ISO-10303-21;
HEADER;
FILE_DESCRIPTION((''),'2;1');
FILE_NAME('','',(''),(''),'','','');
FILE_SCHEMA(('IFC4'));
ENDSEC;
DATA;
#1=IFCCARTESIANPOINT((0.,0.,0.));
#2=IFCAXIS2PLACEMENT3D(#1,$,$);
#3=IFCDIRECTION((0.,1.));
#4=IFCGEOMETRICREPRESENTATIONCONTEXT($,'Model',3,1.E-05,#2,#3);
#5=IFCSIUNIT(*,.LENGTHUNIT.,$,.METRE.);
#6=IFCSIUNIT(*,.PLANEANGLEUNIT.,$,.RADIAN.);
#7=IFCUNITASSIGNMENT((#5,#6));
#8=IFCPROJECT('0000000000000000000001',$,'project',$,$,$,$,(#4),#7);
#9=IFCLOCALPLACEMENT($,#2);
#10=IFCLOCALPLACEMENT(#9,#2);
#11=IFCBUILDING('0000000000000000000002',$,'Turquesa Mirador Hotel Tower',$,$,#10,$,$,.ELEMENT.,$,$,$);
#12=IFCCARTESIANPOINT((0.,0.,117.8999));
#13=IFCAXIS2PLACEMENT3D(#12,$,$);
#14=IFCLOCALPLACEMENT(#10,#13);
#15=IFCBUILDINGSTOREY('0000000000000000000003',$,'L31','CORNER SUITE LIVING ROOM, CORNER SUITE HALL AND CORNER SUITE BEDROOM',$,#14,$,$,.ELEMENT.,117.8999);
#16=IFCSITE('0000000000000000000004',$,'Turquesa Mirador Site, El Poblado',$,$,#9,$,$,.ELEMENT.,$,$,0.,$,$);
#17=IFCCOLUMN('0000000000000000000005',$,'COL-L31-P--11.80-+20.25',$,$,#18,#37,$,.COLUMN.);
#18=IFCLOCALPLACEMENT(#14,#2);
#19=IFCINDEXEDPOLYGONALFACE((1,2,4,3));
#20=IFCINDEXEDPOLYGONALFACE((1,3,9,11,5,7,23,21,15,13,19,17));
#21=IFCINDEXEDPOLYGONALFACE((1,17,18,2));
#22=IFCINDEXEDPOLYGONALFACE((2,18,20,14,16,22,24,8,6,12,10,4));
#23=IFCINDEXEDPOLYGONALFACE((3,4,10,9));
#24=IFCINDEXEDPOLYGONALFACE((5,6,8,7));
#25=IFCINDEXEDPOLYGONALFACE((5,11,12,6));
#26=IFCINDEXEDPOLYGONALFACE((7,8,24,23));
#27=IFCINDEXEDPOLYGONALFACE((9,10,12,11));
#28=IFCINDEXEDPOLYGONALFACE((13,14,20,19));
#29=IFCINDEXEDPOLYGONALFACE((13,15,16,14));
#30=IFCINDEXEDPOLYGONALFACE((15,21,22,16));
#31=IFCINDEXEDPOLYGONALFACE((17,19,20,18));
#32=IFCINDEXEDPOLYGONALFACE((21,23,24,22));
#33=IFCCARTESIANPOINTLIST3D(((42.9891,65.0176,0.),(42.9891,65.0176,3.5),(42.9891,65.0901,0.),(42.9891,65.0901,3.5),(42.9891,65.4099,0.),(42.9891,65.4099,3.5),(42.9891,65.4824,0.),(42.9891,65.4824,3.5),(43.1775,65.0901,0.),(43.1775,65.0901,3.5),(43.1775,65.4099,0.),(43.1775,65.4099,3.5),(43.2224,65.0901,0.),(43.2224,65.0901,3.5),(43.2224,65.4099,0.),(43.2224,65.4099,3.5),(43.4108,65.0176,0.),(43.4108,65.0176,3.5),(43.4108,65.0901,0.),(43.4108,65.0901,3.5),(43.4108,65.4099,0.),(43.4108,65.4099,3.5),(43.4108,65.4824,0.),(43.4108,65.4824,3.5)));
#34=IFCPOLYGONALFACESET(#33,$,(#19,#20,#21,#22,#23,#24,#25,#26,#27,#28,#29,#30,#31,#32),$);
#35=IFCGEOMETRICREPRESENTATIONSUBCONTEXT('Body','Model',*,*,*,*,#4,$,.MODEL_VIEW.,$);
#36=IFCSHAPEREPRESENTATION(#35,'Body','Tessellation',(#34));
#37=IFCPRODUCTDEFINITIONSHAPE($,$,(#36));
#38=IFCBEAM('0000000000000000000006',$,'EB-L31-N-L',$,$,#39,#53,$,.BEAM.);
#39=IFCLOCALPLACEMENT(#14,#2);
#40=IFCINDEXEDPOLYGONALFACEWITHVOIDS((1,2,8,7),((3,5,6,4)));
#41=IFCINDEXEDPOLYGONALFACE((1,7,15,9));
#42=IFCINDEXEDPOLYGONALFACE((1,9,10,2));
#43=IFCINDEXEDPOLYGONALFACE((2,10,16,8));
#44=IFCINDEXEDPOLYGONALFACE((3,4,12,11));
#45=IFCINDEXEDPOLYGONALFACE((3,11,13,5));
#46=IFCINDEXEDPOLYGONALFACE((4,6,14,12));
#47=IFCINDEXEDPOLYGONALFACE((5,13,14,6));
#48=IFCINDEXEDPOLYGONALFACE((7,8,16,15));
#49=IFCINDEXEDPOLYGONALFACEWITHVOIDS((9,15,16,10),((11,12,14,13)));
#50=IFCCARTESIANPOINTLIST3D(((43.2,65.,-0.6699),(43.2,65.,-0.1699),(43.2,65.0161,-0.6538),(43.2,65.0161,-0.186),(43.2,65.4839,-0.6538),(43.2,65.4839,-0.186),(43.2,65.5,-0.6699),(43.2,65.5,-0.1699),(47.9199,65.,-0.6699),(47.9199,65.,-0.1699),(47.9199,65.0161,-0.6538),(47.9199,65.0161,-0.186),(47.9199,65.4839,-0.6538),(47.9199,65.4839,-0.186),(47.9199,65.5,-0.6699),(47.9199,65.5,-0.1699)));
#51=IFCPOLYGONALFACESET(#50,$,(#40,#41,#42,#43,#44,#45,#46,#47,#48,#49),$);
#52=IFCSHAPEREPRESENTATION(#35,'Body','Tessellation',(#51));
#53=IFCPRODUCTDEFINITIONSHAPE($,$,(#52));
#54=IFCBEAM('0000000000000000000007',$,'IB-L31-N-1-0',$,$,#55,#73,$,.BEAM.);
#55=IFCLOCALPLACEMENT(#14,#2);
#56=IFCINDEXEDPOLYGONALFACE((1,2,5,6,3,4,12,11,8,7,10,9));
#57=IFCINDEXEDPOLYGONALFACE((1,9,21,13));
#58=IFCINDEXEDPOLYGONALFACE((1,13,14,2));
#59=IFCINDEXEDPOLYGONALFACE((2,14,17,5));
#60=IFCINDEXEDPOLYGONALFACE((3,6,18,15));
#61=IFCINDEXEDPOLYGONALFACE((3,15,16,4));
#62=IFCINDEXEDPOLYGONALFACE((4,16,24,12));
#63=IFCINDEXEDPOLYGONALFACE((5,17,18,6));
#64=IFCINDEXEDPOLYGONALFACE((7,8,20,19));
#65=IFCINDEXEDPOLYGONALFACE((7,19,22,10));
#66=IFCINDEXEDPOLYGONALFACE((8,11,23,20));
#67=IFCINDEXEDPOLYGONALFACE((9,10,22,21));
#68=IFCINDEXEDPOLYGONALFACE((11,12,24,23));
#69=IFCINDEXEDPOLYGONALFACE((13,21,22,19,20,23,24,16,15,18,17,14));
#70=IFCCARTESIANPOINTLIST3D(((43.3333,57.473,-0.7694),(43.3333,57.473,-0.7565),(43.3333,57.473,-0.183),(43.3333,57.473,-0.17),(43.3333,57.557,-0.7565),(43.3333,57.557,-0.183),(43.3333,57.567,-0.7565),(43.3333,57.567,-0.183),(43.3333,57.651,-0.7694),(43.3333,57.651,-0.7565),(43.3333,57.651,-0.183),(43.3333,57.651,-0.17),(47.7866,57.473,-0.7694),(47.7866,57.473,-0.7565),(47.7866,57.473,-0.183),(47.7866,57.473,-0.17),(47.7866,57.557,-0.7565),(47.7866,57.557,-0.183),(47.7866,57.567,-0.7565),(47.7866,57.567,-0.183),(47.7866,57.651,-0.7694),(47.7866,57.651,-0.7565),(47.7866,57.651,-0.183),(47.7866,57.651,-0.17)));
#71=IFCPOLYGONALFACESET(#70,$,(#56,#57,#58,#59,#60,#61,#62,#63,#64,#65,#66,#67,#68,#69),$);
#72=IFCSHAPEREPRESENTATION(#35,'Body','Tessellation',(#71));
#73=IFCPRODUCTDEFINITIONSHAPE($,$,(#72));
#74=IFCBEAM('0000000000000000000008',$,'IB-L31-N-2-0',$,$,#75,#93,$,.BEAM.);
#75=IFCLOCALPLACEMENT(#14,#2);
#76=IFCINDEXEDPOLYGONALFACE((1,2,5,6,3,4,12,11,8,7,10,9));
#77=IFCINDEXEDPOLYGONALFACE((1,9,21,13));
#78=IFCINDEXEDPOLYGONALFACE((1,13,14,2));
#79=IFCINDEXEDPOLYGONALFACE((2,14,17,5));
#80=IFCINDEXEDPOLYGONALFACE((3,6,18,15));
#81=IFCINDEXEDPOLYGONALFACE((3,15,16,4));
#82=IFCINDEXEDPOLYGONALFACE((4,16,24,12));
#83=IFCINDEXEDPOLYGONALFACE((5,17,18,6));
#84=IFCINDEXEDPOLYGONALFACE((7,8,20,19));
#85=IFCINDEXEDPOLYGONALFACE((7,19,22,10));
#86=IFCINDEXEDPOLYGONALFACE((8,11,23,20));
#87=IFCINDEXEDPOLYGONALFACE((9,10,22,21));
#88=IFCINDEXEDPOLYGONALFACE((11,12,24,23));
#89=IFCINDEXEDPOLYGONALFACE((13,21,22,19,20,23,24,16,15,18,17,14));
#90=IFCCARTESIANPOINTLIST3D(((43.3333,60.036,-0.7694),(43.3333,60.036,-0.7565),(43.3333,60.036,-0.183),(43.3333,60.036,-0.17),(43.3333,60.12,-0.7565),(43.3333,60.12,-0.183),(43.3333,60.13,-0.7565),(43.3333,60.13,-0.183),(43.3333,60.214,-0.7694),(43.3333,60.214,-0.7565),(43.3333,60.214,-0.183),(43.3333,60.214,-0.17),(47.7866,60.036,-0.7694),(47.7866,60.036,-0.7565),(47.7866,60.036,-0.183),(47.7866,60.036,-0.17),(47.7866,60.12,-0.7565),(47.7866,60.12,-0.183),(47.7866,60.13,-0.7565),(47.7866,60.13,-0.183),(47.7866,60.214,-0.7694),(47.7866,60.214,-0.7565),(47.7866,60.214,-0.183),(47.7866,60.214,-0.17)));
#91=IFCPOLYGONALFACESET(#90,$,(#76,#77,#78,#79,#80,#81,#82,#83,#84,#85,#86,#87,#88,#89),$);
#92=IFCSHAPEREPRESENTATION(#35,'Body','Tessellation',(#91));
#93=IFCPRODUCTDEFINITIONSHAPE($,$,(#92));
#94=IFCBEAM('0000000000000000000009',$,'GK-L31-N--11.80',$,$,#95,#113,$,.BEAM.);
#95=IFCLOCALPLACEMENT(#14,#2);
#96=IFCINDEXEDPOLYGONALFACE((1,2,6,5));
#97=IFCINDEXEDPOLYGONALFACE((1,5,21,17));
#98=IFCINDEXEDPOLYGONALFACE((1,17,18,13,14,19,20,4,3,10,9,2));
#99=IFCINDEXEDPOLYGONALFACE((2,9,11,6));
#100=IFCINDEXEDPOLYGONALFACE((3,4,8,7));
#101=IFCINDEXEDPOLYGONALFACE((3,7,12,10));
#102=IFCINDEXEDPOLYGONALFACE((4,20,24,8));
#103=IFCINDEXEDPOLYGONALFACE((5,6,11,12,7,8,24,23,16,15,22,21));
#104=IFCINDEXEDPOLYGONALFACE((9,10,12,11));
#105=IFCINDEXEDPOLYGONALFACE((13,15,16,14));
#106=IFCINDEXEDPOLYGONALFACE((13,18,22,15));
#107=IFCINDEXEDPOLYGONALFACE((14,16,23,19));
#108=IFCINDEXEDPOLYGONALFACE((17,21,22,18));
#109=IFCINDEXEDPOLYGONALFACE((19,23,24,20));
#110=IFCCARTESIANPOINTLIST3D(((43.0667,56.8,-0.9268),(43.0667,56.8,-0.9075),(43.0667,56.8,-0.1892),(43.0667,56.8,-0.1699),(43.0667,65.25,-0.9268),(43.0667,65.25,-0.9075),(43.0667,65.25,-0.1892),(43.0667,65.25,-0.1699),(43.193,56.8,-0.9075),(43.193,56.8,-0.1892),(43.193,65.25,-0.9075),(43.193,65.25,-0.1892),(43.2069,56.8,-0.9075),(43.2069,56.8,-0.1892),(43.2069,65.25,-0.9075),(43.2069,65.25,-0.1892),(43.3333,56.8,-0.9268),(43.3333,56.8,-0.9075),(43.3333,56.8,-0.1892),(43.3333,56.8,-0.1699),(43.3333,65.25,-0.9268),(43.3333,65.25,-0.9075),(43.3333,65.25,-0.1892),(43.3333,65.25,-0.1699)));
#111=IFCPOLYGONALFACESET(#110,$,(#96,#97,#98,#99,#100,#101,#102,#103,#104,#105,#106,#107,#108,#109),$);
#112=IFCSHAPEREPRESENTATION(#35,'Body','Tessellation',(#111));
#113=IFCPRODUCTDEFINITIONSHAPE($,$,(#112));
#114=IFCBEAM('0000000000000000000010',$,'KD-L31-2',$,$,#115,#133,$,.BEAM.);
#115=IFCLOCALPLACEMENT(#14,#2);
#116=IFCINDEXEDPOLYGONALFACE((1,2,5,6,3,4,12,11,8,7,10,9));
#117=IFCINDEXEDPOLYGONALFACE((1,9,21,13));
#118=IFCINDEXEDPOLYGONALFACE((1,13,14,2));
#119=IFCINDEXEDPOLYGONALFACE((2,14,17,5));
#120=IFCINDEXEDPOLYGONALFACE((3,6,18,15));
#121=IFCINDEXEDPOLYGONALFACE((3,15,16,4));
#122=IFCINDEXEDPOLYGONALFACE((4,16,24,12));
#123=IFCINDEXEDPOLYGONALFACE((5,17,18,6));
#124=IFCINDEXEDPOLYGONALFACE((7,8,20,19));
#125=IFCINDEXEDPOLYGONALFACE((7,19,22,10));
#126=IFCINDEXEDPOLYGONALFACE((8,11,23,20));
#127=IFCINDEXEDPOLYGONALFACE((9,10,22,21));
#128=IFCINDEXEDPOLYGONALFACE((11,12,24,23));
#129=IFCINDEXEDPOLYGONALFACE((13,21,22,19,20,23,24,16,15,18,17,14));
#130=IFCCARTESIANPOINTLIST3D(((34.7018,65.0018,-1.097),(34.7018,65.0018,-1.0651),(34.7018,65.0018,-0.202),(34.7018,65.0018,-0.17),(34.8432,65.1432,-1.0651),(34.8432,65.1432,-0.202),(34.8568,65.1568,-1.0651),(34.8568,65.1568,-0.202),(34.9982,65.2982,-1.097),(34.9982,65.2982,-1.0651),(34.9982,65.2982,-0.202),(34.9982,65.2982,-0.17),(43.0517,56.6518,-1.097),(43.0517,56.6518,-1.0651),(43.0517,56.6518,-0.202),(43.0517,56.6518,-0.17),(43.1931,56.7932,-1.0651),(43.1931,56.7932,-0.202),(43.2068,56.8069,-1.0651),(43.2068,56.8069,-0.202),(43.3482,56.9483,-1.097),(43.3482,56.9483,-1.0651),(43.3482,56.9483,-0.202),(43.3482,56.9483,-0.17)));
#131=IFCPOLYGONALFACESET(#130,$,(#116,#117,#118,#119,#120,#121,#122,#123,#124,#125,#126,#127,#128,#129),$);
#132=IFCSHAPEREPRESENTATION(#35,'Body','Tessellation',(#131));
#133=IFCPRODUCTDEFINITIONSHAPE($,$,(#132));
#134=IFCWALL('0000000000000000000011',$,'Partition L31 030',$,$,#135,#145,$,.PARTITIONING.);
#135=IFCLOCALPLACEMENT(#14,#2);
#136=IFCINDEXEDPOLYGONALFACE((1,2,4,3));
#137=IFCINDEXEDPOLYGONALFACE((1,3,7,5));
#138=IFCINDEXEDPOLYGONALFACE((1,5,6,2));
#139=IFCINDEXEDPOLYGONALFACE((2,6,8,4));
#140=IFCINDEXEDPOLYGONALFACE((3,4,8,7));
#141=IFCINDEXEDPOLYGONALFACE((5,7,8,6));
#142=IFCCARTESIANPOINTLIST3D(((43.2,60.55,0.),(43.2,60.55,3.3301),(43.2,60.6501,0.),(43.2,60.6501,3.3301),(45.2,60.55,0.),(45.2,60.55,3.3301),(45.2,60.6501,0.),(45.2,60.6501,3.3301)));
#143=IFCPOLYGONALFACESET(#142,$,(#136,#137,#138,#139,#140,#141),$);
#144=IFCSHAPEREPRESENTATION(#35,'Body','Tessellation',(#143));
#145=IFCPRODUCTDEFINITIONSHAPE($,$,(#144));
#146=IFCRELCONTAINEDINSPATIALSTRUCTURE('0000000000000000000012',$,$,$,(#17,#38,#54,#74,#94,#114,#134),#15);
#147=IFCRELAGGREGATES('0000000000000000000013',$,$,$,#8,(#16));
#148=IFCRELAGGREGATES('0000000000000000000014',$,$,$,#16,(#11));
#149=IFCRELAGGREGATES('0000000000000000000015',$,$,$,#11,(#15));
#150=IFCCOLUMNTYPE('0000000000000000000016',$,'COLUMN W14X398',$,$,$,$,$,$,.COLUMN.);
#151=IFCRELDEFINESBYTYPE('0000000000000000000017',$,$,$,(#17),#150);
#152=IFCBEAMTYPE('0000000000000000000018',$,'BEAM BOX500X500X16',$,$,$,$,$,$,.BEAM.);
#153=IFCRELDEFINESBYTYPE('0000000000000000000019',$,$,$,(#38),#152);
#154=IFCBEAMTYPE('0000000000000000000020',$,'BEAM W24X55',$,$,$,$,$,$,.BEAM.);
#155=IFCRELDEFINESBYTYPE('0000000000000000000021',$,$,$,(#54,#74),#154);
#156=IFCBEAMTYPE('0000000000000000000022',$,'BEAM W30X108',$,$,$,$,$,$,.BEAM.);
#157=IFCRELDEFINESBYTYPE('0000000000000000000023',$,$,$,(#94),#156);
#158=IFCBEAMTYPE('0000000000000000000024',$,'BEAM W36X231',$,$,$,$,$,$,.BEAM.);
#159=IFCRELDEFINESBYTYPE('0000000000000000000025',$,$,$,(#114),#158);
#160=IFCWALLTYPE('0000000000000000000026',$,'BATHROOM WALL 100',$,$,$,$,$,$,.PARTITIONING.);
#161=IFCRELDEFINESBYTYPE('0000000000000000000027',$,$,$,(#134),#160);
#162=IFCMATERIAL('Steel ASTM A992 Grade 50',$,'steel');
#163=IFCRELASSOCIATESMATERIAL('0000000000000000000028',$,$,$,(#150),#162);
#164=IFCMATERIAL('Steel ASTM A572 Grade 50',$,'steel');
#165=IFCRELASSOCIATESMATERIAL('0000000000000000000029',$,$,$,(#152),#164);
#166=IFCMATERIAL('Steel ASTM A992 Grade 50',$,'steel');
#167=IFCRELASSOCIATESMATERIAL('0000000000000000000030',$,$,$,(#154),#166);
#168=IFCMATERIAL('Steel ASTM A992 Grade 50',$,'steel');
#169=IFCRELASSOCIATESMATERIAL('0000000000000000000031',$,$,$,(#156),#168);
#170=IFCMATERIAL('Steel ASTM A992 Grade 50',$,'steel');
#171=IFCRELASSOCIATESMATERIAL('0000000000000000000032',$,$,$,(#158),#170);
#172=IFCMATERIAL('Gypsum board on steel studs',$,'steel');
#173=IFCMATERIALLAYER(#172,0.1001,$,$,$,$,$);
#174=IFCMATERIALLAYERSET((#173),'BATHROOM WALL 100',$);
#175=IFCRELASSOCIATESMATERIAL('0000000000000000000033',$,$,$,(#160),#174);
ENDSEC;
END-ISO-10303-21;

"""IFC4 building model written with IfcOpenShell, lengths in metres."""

from ifc_helpers import new_model, si_unit, direction, frame, frame_2d, origin, origin_2d, place, context, subcontext, project, spatial, rectangle, hollow_rectangle, i_section, extrude, material, layer, layer_set, material_profile, profile_set, type_object, element, save


model = new_model("IFC4")

# Units and contexts
model_context = context("Model", 3, precision=1e-05, world=origin(), true_north=direction((0.0, 1.0)))
body_context = subcontext(model_context, "Body", "Model", "MODEL_VIEW")
ifc_project = project(units=[si_unit("LENGTHUNIT", "METRE"), si_unit("PLANEANGLEUNIT", "RADIAN")], contexts=[model_context])

# Site, building, storey
site_placement = place(None, origin())
site = spatial("IfcSite", under=ifc_project, at=site_placement, Name="Turquesa Mirador Site, El Poblado", CompositionType="ELEMENT", RefElevation=0.0)
building_placement = place(site_placement, origin())
building = spatial("IfcBuilding", under=site, at=building_placement, Name="Turquesa Mirador Hotel Tower", CompositionType="ELEMENT")
storey_placement = place(building_placement, frame((0.0, 0.0, 117.8999)))
storey = spatial("IfcBuildingStorey", under=building, at=storey_placement, Name="L31", Description="CORNER SUITE LIVING ROOM, CORNER SUITE HALL AND CORNER SUITE BEDROOM", CompositionType="ELEMENT", Elevation=117.8999)

# Column
ifc_material_1 = material(Name="Steel ASTM A992 Grade 50", Category="steel")
ifc_material_profile_1 = material_profile(ifc_material_1, i_section(OverallWidth=0.4216, OverallDepth=0.4648, WebThickness=0.0449, FlangeThickness=0.0725, at=origin_2d()), Name="W14X398")
ifc_profile_set_1 = profile_set([ifc_material_profile_1], Name="Steel ASTM A992 Grade 50")
column_type = type_object("IfcColumnType", Name="COLUMN W14X398", PredefinedType="COLUMN", material=ifc_profile_set_1)
column_placement = place(storey_placement, frame((43.2, 65.25, 0.0), z_axis=(0.0, 0.0, 1.0), x_axis=(1.0, 0.0, 0.0)))
element("IfcColumn", 1, at=column_placement, inside=storey, type_object=column_type, Name="COL-L31-P--11.80-+20.25", PredefinedType="COLUMN", context=body_context, shape_type="SweptSolid", body=[
    extrude(i_section(OverallWidth=0.4216, OverallDepth=0.4648, WebThickness=0.0449, FlangeThickness=0.0725, at=origin_2d()), origin(), (0.0, 0.0, 1.0), 3.5),
])

# Beams
ifc_material_2 = material(Name="Steel ASTM A572 Grade 50", Category="steel")
ifc_material_profile_2 = material_profile(ifc_material_2, hollow_rectangle(XDim=0.5, YDim=0.5, WallThickness=0.0161, at=origin_2d()), Name="BOX500X500X16")
ifc_profile_set_2 = profile_set([ifc_material_profile_2], Name="Steel ASTM A572 Grade 50")
beam_type_1 = type_object("IfcBeamType", Name="BEAM BOX500X500X16", PredefinedType="BEAM", material=ifc_profile_set_2)
beam_1_placement = place(storey_placement, frame((43.2, 65.25, -0.4199), z_axis=(1.0, 0.0, 0.0), x_axis=(0.0, 1.0, 0.0)))
element("IfcBeam", 2, at=beam_1_placement, inside=storey, type_object=beam_type_1, Name="EB-L31-N-L", PredefinedType="BEAM", context=body_context, shape_type="SweptSolid", body=[
    extrude(hollow_rectangle(XDim=0.5, YDim=0.5, WallThickness=0.0161, at=origin_2d()), origin(), (0.0, 0.0, 1.0), 4.72),
])
ifc_material_3 = material(Name="Steel ASTM A992 Grade 50", Category="steel")
ifc_material_profile_3 = material_profile(ifc_material_3, i_section(OverallWidth=0.178, OverallDepth=0.5994, WebThickness=0.01, FlangeThickness=0.0129, at=origin_2d()), Name="W24X55")
ifc_profile_set_3 = profile_set([ifc_material_profile_3], Name="Steel ASTM A992 Grade 50")
beam_type_2 = type_object("IfcBeamType", Name="BEAM W24X55", PredefinedType="BEAM", material=ifc_profile_set_3)
for number, where, z_axis, x_axis, name in (
    (3, (43.3333, 57.562, -0.4697), (1.0, 0.0, 0.0), (0.0, 1.0, 0.0), "IB-L31-N-1-0"),
    (4, (43.3333, 60.125, -0.4697), (1.0, 0.0, 0.0), (0.0, 1.0, 0.0), "IB-L31-N-2-0"),
):
    element("IfcBeam", number, at=place(storey_placement, frame(where, z_axis=z_axis, x_axis=x_axis)), inside=storey, type_object=beam_type_2, Name=name, PredefinedType="BEAM", context=body_context, shape_type="SweptSolid", body=[
        extrude(i_section(OverallWidth=0.178, OverallDepth=0.5994, WebThickness=0.01, FlangeThickness=0.0129, at=origin_2d()), origin(), (0.0, 0.0, 1.0), 4.4534),
    ])
ifc_material_4 = material(Name="Steel ASTM A992 Grade 50", Category="steel")
ifc_material_profile_4 = material_profile(ifc_material_4, i_section(OverallWidth=0.2666, OverallDepth=0.7568, WebThickness=0.0139, FlangeThickness=0.0193, at=origin_2d()), Name="W30X108")
ifc_profile_set_4 = profile_set([ifc_material_profile_4], Name="Steel ASTM A992 Grade 50")
beam_type_3 = type_object("IfcBeamType", Name="BEAM W30X108", PredefinedType="BEAM", material=ifc_profile_set_4)
beam_2_placement = place(storey_placement, frame((43.2, 65.25, -0.5483), z_axis=(0.0, -1.0, 0.0), x_axis=(1.0, 0.0, 0.0)))
element("IfcBeam", 5, at=beam_2_placement, inside=storey, type_object=beam_type_3, Name="GK-L31-N--11.80", PredefinedType="BEAM", context=body_context, shape_type="SweptSolid", body=[
    extrude(i_section(OverallWidth=0.2666, OverallDepth=0.7568, WebThickness=0.0139, FlangeThickness=0.0193, at=origin_2d()), origin(), (0.0, 0.0, 1.0), 8.45),
])
ifc_material_5 = material(Name="Steel ASTM A992 Grade 50", Category="steel")
ifc_material_profile_5 = material_profile(ifc_material_5, i_section(OverallWidth=0.4192, OverallDepth=0.927, WebThickness=0.0193, FlangeThickness=0.032, at=origin_2d()), Name="W36X231")
ifc_profile_set_5 = profile_set([ifc_material_profile_5], Name="Steel ASTM A992 Grade 50")
beam_type_4 = type_object("IfcBeamType", Name="BEAM W36X231", PredefinedType="BEAM", material=ifc_profile_set_5)
beam_3_placement = place(storey_placement, frame((43.2, 56.8, -0.6335), z_axis=(-0.707107, 0.707107, 0.0), x_axis=(-0.707107, -0.707107, 0.0)))
element("IfcBeam", 6, at=beam_3_placement, inside=storey, type_object=beam_type_4, Name="KD-L31-2", PredefinedType="BEAM", context=body_context, shape_type="SweptSolid", body=[
    extrude(i_section(OverallWidth=0.4192, OverallDepth=0.927, WebThickness=0.0193, FlangeThickness=0.032, at=origin_2d()), origin(), (0.0, 0.0, 1.0), 11.8086),
])

# Wall
ifc_material_6 = material(Name="Gypsum board on steel studs", Category="steel")
ifc_layer_1 = layer(ifc_material_6, 0.1001)
ifc_layer_set_1 = layer_set([ifc_layer_1], Name="BATHROOM WALL 100")
wall_type_1 = type_object("IfcWallType", Name="BATHROOM WALL 100", PredefinedType="PARTITIONING", material=ifc_layer_set_1)
wall_1_placement = place(storey_placement, frame((43.2, 60.6001, 0.0), z_axis=(0.0, 0.0, 1.0), x_axis=(1.0, 0.0, 0.0)))
element("IfcWall", 7, at=wall_1_placement, inside=storey, type_object=wall_type_1, Name="Partition L31 030", PredefinedType="PARTITIONING", context=body_context, shape_type="SweptSolid", body=[
    extrude(rectangle(XDim=2.0, YDim=0.1001, at=frame_2d((1.0, 0.0))), origin(), (0.0, 0.0, 1.0), 3.3301),
])

save(model, "model.ifc")
